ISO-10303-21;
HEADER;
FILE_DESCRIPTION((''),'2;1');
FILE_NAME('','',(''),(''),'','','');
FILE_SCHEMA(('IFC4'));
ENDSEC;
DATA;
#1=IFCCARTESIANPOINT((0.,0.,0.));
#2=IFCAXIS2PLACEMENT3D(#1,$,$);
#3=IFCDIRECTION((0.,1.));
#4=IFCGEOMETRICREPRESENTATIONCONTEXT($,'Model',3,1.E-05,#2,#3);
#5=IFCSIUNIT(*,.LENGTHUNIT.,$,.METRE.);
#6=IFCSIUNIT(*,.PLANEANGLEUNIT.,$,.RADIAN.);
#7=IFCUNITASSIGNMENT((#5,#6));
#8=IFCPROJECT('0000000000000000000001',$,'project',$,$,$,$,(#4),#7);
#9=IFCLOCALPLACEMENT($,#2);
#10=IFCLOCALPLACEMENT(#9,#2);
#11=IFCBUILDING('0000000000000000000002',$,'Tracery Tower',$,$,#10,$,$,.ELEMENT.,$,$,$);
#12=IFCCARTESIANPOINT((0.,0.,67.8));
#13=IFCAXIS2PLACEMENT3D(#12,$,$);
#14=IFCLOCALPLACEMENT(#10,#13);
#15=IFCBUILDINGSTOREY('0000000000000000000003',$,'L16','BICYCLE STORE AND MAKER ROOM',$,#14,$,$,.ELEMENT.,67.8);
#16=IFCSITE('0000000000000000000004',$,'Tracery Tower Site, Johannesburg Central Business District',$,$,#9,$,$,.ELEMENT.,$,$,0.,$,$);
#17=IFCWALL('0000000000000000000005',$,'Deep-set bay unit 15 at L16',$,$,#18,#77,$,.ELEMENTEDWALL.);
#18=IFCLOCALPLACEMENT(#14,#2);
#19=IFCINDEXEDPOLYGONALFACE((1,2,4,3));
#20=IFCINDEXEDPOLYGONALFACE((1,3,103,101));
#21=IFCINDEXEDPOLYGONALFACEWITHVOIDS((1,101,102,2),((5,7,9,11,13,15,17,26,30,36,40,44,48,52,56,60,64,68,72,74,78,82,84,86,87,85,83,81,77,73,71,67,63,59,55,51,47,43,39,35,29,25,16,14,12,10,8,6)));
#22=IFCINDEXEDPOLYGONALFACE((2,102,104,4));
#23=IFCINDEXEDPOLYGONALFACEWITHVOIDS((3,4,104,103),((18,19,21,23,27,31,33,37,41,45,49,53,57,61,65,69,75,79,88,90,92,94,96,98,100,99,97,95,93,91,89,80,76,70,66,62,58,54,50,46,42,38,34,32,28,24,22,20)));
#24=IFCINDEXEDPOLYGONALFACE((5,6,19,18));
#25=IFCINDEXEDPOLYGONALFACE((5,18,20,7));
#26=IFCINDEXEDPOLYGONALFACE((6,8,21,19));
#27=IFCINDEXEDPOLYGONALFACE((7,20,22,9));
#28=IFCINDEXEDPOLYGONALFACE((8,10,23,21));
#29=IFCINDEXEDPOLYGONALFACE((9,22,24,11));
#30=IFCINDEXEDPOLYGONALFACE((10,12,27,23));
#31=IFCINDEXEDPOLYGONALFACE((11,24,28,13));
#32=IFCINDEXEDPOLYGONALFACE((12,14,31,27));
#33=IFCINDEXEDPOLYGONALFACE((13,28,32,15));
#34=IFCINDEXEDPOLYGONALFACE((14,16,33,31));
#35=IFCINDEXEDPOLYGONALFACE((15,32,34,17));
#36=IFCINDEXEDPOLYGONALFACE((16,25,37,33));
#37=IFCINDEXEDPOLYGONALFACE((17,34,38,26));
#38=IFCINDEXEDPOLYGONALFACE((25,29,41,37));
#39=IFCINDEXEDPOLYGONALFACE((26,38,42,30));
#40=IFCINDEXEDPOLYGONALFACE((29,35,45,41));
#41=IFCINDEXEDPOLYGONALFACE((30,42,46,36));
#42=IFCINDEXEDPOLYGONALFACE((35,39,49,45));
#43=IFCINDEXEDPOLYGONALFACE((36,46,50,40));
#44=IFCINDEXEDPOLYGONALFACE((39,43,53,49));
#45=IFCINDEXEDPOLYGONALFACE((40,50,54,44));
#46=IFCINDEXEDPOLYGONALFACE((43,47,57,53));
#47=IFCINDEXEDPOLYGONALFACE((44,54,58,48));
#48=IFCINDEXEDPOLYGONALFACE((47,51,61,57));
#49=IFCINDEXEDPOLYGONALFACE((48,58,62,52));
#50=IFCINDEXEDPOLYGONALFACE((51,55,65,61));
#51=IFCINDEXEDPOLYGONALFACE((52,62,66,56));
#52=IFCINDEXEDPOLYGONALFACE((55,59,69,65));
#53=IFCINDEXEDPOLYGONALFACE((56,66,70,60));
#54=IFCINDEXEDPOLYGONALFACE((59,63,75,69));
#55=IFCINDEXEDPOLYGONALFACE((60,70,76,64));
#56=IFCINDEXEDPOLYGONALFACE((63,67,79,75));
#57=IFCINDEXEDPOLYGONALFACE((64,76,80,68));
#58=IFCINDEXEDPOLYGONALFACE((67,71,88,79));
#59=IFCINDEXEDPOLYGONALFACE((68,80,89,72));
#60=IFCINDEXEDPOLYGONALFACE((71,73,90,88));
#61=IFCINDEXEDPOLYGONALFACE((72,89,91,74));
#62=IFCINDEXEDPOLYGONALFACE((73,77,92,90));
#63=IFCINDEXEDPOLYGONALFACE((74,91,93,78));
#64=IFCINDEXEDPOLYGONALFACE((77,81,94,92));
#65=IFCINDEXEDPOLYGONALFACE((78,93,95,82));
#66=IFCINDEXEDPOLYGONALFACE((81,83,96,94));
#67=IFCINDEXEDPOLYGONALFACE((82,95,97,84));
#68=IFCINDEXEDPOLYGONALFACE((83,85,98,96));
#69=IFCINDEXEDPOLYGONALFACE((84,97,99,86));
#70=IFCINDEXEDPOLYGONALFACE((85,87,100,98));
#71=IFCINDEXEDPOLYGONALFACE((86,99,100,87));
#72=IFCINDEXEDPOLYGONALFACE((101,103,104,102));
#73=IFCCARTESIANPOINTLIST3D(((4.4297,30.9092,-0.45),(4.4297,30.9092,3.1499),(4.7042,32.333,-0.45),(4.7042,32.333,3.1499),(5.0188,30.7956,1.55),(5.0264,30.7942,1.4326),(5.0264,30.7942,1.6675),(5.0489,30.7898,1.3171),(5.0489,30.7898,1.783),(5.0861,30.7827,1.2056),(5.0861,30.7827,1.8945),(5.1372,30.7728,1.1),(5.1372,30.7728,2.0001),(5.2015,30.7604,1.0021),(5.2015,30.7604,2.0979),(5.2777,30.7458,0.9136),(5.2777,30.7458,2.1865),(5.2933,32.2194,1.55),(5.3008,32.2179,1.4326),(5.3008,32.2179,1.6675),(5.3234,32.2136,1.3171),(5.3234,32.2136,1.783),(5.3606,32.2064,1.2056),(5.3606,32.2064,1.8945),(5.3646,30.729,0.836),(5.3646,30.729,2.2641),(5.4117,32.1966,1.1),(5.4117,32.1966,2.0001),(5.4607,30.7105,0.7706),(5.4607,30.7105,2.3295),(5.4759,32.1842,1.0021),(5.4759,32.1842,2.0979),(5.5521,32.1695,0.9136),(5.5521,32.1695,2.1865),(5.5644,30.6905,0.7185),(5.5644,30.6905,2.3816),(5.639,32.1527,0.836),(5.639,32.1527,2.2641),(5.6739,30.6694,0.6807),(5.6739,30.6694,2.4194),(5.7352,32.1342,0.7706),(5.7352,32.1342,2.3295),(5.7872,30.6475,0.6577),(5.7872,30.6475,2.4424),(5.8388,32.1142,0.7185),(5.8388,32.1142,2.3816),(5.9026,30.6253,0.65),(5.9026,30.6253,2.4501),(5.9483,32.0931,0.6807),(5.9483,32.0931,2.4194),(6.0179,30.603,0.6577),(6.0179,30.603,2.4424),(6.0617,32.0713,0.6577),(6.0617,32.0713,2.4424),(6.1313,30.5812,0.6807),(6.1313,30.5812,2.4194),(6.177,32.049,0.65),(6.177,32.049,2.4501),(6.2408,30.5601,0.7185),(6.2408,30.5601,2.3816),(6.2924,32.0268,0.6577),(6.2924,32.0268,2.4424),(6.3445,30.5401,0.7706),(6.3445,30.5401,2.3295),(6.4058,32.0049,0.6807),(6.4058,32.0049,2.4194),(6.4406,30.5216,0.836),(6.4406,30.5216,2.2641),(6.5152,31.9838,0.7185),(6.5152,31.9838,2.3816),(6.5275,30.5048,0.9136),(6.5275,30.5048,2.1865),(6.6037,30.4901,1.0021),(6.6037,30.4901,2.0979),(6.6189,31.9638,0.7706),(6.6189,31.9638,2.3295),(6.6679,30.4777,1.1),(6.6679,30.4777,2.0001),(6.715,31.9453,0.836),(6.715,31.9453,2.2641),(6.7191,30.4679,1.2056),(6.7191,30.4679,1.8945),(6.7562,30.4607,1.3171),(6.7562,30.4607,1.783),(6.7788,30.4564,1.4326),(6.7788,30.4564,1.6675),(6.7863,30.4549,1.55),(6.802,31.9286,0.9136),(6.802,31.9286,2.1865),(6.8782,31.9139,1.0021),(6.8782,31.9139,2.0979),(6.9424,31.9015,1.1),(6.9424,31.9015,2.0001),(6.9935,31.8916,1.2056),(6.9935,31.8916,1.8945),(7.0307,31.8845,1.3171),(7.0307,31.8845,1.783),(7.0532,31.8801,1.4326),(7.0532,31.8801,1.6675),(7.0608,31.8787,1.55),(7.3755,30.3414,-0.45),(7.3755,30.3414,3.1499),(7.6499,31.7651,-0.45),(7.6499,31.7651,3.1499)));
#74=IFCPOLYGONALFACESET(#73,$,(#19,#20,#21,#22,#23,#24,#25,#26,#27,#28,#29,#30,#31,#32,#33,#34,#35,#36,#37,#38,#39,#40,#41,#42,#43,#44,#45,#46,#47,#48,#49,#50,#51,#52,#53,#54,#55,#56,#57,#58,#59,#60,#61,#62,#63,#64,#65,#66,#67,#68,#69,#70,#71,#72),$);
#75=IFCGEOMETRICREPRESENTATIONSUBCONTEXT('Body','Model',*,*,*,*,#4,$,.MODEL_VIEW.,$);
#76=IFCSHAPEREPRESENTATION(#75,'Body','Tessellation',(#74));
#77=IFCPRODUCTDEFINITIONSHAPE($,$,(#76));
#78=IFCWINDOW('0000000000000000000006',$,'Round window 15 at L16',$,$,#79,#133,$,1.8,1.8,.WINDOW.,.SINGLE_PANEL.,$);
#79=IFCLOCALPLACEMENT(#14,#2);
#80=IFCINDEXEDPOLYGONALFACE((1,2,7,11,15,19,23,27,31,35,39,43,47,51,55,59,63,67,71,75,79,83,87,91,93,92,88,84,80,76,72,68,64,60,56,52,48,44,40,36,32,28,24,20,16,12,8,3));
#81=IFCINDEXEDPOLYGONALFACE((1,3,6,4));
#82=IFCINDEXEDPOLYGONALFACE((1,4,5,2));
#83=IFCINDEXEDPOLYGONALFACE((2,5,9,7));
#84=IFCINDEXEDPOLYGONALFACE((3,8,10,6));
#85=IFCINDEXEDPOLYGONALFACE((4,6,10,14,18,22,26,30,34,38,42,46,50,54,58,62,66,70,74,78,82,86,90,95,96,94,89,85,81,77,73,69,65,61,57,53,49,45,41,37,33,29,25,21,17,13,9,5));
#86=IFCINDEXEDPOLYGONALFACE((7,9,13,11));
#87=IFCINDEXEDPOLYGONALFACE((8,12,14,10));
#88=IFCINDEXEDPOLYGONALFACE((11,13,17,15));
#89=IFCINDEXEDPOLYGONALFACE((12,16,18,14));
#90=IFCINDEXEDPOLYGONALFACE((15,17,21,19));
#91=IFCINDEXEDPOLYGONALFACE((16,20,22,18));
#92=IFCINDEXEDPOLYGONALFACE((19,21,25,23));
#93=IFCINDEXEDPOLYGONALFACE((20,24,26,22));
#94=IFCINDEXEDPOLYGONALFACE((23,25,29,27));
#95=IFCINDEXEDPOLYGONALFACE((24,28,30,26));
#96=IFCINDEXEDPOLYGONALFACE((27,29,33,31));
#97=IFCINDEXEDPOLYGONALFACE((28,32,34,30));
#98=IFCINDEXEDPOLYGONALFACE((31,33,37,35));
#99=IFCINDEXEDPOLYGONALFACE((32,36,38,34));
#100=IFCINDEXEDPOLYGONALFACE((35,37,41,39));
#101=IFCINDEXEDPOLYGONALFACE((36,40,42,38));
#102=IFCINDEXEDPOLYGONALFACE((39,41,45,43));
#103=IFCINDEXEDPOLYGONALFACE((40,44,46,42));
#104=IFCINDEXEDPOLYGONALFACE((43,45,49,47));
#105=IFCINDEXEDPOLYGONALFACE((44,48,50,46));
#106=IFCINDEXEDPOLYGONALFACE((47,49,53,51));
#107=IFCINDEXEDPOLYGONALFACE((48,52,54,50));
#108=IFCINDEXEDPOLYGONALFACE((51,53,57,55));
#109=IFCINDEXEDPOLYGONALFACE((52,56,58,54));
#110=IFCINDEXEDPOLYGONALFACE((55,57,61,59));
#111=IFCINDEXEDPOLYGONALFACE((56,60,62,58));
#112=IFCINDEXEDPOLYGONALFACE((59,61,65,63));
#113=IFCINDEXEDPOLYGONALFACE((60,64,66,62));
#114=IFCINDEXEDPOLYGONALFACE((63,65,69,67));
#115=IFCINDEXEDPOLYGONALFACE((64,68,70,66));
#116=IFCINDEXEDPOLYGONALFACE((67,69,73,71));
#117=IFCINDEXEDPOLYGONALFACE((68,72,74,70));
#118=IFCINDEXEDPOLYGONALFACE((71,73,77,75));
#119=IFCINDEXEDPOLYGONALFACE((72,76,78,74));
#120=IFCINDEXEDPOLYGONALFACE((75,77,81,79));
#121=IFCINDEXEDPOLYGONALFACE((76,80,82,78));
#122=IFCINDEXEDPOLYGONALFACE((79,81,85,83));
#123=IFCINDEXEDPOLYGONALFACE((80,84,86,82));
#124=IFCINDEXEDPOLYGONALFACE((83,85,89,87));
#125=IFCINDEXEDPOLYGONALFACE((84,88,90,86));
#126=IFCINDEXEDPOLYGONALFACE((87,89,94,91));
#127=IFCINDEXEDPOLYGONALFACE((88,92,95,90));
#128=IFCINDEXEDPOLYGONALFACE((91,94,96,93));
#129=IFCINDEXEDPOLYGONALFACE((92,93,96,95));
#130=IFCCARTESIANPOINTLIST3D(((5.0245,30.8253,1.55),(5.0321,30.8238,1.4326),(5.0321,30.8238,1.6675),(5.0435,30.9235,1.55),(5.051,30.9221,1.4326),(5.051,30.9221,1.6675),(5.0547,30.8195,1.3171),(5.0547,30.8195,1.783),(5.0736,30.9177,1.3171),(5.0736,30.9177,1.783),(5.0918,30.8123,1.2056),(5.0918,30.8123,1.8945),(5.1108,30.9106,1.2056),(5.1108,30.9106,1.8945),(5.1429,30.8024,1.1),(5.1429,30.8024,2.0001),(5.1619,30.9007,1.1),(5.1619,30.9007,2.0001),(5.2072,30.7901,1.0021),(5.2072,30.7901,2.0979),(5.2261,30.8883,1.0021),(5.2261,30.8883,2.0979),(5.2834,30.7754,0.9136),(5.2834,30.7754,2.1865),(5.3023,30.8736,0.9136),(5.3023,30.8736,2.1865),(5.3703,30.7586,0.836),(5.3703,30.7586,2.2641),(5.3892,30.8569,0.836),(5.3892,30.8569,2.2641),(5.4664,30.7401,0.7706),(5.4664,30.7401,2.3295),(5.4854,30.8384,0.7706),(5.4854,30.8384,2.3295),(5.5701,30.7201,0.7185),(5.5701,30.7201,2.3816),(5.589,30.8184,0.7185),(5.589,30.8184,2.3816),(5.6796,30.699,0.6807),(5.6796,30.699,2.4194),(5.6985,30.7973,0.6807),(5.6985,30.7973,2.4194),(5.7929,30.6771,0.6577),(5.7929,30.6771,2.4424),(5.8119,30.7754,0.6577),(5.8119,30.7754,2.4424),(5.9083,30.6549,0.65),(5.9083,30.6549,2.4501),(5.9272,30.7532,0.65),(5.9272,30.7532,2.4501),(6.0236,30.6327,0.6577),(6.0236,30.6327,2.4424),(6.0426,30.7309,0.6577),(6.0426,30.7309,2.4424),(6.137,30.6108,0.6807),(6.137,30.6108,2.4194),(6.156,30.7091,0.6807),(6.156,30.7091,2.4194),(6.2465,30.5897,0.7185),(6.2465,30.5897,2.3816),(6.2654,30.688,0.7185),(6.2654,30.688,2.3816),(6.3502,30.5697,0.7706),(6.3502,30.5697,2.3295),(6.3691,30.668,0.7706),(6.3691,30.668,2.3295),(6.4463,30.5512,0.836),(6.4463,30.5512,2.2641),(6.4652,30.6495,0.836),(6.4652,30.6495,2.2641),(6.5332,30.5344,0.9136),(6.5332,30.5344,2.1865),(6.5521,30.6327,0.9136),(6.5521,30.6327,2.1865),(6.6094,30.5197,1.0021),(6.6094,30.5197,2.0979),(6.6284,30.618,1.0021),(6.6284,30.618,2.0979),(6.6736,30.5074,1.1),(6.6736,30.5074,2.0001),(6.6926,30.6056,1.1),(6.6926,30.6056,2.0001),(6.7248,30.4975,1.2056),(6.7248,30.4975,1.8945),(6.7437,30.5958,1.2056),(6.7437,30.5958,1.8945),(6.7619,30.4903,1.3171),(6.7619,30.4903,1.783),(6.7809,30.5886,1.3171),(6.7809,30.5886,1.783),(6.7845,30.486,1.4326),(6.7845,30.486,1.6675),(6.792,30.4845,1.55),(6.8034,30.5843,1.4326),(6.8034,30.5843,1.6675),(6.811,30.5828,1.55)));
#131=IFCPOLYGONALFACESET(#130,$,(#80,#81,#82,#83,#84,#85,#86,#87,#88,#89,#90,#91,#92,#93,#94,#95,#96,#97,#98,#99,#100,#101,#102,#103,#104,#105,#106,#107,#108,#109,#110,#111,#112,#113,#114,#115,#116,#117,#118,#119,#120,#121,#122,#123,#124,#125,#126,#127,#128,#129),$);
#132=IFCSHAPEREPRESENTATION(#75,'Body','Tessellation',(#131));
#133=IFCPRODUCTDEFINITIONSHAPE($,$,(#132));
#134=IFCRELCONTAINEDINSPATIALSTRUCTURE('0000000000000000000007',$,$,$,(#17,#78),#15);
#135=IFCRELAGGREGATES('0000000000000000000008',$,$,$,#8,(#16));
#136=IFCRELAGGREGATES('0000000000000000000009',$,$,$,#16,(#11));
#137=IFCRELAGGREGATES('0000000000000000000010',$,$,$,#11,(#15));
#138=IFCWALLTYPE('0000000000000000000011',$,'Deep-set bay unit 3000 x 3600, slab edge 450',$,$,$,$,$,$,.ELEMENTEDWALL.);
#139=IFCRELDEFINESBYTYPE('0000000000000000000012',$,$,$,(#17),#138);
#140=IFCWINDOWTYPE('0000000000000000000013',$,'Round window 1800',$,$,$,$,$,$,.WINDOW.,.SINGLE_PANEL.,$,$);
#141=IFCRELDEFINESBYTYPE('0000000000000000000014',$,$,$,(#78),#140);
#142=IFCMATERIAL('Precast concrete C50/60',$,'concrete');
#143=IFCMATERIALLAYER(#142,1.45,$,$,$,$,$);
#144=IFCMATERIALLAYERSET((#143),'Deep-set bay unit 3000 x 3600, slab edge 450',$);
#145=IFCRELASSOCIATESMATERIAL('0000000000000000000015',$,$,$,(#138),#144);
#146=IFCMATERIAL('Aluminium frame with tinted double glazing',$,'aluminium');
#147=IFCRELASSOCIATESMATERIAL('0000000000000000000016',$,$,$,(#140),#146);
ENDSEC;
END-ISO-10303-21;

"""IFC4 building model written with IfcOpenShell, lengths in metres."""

from ifc_helpers import new_model, si_unit, direction, frame, frame_2d, origin, origin_2d, place, context, subcontext, project, spatial, rectangle, circle, extrude, material, layer, layer_set, type_object, element, fill, save


model = new_model("IFC4")

# Units and contexts
model_context = context("Model", 3, precision=1e-05, world=origin(), true_north=direction((0.0, 1.0)))
body_context = subcontext(model_context, "Body", "Model", "MODEL_VIEW")
ifc_project = project(units=[si_unit("LENGTHUNIT", "METRE"), si_unit("PLANEANGLEUNIT", "RADIAN")], contexts=[model_context])

# Site, building, storey
site_placement = place(None, origin())
site = spatial("IfcSite", under=ifc_project, at=site_placement, Name="Tracery Tower Site, Johannesburg Central Business District", CompositionType="ELEMENT", RefElevation=0.0)
building_placement = place(site_placement, origin())
building = spatial("IfcBuilding", under=site, at=building_placement, Name="Tracery Tower", CompositionType="ELEMENT")
storey_placement = place(building_placement, frame((0.0, 0.0, 67.8)))
storey = spatial("IfcBuildingStorey", under=building, at=storey_placement, Name="L16", Description="BICYCLE STORE AND MAKER ROOM", CompositionType="ELEMENT", Elevation=67.8)

# Wall, opening, window
ifc_material_1 = material(Name="Precast concrete C50/60", Category="concrete")
ifc_layer_1 = layer(ifc_material_1, 1.45)
ifc_layer_set_1 = layer_set([ifc_layer_1], Name="Deep-set bay unit 3000 x 3600, slab edge 450")
wall_type_1 = type_object("IfcWallType", Name="Deep-set bay unit 3000 x 3600, slab edge 450", PredefinedType="ELEMENTEDWALL", material=ifc_layer_set_1)
wall_1_placement = place(storey_placement, frame((7.5127, 31.0532, -0.45), z_axis=(0.0, 0.0, 1.0), x_axis=(-0.981922, 0.189288, 0.0)))
wall_1 = element("IfcWall", 1, at=wall_1_placement, inside=storey, type_object=wall_type_1, Name="Deep-set bay unit 15 at L16", PredefinedType="ELEMENTEDWALL", context=body_context, shape_type="SweptSolid", body=[
    extrude(rectangle(XDim=3.0, YDim=1.45, at=frame_2d((1.5, 0.0))), origin(), (0.0, 0.0, 1.0), 3.5999),
])
opening_1_placement = place(wall_1_placement, frame((1.5, 0.0, 2.0)))
opening_1 = element("IfcOpeningElement", 2, at=opening_1_placement, cuts=wall_1, PredefinedType="OPENING", context=body_context, shape_type="SweptSolid", body=[
    extrude(circle(Radius=0.9, at=origin_2d()), frame((0.0, 0.7349, 0.0), z_axis=(0.0, -1.0, 0.0), x_axis=(1.0, 0.0, 0.0)), (0.0, 0.0, 1.0), 1.47),
])
ifc_material_2 = material(Name="Aluminium frame with tinted double glazing", Category="aluminium")
window_type = type_object("IfcWindowType", Name="Round window 1800", PartitioningType="SINGLE_PANEL", PredefinedType="WINDOW", material=ifc_material_2)
window_1_placement = place(opening_1_placement, origin())
window_1 = element("IfcWindow", 3, at=window_1_placement, inside=storey, type_object=window_type, Name="Round window 15 at L16", OverallHeight=1.8, OverallWidth=1.8, PartitioningType="SINGLE_PANEL", PredefinedType="WINDOW", context=body_context, shape_type="SweptSolid", body=[
    extrude(circle(Radius=0.9, at=origin_2d()), frame((0.0, 0.6948, 0.0), z_axis=(0.0, -1.0, 0.0), x_axis=(1.0, 0.0, 0.0)), (0.0, 0.0, 1.0), 0.1001),
])
fill(opening_1, window_1)

save(model, "model.ifc")
